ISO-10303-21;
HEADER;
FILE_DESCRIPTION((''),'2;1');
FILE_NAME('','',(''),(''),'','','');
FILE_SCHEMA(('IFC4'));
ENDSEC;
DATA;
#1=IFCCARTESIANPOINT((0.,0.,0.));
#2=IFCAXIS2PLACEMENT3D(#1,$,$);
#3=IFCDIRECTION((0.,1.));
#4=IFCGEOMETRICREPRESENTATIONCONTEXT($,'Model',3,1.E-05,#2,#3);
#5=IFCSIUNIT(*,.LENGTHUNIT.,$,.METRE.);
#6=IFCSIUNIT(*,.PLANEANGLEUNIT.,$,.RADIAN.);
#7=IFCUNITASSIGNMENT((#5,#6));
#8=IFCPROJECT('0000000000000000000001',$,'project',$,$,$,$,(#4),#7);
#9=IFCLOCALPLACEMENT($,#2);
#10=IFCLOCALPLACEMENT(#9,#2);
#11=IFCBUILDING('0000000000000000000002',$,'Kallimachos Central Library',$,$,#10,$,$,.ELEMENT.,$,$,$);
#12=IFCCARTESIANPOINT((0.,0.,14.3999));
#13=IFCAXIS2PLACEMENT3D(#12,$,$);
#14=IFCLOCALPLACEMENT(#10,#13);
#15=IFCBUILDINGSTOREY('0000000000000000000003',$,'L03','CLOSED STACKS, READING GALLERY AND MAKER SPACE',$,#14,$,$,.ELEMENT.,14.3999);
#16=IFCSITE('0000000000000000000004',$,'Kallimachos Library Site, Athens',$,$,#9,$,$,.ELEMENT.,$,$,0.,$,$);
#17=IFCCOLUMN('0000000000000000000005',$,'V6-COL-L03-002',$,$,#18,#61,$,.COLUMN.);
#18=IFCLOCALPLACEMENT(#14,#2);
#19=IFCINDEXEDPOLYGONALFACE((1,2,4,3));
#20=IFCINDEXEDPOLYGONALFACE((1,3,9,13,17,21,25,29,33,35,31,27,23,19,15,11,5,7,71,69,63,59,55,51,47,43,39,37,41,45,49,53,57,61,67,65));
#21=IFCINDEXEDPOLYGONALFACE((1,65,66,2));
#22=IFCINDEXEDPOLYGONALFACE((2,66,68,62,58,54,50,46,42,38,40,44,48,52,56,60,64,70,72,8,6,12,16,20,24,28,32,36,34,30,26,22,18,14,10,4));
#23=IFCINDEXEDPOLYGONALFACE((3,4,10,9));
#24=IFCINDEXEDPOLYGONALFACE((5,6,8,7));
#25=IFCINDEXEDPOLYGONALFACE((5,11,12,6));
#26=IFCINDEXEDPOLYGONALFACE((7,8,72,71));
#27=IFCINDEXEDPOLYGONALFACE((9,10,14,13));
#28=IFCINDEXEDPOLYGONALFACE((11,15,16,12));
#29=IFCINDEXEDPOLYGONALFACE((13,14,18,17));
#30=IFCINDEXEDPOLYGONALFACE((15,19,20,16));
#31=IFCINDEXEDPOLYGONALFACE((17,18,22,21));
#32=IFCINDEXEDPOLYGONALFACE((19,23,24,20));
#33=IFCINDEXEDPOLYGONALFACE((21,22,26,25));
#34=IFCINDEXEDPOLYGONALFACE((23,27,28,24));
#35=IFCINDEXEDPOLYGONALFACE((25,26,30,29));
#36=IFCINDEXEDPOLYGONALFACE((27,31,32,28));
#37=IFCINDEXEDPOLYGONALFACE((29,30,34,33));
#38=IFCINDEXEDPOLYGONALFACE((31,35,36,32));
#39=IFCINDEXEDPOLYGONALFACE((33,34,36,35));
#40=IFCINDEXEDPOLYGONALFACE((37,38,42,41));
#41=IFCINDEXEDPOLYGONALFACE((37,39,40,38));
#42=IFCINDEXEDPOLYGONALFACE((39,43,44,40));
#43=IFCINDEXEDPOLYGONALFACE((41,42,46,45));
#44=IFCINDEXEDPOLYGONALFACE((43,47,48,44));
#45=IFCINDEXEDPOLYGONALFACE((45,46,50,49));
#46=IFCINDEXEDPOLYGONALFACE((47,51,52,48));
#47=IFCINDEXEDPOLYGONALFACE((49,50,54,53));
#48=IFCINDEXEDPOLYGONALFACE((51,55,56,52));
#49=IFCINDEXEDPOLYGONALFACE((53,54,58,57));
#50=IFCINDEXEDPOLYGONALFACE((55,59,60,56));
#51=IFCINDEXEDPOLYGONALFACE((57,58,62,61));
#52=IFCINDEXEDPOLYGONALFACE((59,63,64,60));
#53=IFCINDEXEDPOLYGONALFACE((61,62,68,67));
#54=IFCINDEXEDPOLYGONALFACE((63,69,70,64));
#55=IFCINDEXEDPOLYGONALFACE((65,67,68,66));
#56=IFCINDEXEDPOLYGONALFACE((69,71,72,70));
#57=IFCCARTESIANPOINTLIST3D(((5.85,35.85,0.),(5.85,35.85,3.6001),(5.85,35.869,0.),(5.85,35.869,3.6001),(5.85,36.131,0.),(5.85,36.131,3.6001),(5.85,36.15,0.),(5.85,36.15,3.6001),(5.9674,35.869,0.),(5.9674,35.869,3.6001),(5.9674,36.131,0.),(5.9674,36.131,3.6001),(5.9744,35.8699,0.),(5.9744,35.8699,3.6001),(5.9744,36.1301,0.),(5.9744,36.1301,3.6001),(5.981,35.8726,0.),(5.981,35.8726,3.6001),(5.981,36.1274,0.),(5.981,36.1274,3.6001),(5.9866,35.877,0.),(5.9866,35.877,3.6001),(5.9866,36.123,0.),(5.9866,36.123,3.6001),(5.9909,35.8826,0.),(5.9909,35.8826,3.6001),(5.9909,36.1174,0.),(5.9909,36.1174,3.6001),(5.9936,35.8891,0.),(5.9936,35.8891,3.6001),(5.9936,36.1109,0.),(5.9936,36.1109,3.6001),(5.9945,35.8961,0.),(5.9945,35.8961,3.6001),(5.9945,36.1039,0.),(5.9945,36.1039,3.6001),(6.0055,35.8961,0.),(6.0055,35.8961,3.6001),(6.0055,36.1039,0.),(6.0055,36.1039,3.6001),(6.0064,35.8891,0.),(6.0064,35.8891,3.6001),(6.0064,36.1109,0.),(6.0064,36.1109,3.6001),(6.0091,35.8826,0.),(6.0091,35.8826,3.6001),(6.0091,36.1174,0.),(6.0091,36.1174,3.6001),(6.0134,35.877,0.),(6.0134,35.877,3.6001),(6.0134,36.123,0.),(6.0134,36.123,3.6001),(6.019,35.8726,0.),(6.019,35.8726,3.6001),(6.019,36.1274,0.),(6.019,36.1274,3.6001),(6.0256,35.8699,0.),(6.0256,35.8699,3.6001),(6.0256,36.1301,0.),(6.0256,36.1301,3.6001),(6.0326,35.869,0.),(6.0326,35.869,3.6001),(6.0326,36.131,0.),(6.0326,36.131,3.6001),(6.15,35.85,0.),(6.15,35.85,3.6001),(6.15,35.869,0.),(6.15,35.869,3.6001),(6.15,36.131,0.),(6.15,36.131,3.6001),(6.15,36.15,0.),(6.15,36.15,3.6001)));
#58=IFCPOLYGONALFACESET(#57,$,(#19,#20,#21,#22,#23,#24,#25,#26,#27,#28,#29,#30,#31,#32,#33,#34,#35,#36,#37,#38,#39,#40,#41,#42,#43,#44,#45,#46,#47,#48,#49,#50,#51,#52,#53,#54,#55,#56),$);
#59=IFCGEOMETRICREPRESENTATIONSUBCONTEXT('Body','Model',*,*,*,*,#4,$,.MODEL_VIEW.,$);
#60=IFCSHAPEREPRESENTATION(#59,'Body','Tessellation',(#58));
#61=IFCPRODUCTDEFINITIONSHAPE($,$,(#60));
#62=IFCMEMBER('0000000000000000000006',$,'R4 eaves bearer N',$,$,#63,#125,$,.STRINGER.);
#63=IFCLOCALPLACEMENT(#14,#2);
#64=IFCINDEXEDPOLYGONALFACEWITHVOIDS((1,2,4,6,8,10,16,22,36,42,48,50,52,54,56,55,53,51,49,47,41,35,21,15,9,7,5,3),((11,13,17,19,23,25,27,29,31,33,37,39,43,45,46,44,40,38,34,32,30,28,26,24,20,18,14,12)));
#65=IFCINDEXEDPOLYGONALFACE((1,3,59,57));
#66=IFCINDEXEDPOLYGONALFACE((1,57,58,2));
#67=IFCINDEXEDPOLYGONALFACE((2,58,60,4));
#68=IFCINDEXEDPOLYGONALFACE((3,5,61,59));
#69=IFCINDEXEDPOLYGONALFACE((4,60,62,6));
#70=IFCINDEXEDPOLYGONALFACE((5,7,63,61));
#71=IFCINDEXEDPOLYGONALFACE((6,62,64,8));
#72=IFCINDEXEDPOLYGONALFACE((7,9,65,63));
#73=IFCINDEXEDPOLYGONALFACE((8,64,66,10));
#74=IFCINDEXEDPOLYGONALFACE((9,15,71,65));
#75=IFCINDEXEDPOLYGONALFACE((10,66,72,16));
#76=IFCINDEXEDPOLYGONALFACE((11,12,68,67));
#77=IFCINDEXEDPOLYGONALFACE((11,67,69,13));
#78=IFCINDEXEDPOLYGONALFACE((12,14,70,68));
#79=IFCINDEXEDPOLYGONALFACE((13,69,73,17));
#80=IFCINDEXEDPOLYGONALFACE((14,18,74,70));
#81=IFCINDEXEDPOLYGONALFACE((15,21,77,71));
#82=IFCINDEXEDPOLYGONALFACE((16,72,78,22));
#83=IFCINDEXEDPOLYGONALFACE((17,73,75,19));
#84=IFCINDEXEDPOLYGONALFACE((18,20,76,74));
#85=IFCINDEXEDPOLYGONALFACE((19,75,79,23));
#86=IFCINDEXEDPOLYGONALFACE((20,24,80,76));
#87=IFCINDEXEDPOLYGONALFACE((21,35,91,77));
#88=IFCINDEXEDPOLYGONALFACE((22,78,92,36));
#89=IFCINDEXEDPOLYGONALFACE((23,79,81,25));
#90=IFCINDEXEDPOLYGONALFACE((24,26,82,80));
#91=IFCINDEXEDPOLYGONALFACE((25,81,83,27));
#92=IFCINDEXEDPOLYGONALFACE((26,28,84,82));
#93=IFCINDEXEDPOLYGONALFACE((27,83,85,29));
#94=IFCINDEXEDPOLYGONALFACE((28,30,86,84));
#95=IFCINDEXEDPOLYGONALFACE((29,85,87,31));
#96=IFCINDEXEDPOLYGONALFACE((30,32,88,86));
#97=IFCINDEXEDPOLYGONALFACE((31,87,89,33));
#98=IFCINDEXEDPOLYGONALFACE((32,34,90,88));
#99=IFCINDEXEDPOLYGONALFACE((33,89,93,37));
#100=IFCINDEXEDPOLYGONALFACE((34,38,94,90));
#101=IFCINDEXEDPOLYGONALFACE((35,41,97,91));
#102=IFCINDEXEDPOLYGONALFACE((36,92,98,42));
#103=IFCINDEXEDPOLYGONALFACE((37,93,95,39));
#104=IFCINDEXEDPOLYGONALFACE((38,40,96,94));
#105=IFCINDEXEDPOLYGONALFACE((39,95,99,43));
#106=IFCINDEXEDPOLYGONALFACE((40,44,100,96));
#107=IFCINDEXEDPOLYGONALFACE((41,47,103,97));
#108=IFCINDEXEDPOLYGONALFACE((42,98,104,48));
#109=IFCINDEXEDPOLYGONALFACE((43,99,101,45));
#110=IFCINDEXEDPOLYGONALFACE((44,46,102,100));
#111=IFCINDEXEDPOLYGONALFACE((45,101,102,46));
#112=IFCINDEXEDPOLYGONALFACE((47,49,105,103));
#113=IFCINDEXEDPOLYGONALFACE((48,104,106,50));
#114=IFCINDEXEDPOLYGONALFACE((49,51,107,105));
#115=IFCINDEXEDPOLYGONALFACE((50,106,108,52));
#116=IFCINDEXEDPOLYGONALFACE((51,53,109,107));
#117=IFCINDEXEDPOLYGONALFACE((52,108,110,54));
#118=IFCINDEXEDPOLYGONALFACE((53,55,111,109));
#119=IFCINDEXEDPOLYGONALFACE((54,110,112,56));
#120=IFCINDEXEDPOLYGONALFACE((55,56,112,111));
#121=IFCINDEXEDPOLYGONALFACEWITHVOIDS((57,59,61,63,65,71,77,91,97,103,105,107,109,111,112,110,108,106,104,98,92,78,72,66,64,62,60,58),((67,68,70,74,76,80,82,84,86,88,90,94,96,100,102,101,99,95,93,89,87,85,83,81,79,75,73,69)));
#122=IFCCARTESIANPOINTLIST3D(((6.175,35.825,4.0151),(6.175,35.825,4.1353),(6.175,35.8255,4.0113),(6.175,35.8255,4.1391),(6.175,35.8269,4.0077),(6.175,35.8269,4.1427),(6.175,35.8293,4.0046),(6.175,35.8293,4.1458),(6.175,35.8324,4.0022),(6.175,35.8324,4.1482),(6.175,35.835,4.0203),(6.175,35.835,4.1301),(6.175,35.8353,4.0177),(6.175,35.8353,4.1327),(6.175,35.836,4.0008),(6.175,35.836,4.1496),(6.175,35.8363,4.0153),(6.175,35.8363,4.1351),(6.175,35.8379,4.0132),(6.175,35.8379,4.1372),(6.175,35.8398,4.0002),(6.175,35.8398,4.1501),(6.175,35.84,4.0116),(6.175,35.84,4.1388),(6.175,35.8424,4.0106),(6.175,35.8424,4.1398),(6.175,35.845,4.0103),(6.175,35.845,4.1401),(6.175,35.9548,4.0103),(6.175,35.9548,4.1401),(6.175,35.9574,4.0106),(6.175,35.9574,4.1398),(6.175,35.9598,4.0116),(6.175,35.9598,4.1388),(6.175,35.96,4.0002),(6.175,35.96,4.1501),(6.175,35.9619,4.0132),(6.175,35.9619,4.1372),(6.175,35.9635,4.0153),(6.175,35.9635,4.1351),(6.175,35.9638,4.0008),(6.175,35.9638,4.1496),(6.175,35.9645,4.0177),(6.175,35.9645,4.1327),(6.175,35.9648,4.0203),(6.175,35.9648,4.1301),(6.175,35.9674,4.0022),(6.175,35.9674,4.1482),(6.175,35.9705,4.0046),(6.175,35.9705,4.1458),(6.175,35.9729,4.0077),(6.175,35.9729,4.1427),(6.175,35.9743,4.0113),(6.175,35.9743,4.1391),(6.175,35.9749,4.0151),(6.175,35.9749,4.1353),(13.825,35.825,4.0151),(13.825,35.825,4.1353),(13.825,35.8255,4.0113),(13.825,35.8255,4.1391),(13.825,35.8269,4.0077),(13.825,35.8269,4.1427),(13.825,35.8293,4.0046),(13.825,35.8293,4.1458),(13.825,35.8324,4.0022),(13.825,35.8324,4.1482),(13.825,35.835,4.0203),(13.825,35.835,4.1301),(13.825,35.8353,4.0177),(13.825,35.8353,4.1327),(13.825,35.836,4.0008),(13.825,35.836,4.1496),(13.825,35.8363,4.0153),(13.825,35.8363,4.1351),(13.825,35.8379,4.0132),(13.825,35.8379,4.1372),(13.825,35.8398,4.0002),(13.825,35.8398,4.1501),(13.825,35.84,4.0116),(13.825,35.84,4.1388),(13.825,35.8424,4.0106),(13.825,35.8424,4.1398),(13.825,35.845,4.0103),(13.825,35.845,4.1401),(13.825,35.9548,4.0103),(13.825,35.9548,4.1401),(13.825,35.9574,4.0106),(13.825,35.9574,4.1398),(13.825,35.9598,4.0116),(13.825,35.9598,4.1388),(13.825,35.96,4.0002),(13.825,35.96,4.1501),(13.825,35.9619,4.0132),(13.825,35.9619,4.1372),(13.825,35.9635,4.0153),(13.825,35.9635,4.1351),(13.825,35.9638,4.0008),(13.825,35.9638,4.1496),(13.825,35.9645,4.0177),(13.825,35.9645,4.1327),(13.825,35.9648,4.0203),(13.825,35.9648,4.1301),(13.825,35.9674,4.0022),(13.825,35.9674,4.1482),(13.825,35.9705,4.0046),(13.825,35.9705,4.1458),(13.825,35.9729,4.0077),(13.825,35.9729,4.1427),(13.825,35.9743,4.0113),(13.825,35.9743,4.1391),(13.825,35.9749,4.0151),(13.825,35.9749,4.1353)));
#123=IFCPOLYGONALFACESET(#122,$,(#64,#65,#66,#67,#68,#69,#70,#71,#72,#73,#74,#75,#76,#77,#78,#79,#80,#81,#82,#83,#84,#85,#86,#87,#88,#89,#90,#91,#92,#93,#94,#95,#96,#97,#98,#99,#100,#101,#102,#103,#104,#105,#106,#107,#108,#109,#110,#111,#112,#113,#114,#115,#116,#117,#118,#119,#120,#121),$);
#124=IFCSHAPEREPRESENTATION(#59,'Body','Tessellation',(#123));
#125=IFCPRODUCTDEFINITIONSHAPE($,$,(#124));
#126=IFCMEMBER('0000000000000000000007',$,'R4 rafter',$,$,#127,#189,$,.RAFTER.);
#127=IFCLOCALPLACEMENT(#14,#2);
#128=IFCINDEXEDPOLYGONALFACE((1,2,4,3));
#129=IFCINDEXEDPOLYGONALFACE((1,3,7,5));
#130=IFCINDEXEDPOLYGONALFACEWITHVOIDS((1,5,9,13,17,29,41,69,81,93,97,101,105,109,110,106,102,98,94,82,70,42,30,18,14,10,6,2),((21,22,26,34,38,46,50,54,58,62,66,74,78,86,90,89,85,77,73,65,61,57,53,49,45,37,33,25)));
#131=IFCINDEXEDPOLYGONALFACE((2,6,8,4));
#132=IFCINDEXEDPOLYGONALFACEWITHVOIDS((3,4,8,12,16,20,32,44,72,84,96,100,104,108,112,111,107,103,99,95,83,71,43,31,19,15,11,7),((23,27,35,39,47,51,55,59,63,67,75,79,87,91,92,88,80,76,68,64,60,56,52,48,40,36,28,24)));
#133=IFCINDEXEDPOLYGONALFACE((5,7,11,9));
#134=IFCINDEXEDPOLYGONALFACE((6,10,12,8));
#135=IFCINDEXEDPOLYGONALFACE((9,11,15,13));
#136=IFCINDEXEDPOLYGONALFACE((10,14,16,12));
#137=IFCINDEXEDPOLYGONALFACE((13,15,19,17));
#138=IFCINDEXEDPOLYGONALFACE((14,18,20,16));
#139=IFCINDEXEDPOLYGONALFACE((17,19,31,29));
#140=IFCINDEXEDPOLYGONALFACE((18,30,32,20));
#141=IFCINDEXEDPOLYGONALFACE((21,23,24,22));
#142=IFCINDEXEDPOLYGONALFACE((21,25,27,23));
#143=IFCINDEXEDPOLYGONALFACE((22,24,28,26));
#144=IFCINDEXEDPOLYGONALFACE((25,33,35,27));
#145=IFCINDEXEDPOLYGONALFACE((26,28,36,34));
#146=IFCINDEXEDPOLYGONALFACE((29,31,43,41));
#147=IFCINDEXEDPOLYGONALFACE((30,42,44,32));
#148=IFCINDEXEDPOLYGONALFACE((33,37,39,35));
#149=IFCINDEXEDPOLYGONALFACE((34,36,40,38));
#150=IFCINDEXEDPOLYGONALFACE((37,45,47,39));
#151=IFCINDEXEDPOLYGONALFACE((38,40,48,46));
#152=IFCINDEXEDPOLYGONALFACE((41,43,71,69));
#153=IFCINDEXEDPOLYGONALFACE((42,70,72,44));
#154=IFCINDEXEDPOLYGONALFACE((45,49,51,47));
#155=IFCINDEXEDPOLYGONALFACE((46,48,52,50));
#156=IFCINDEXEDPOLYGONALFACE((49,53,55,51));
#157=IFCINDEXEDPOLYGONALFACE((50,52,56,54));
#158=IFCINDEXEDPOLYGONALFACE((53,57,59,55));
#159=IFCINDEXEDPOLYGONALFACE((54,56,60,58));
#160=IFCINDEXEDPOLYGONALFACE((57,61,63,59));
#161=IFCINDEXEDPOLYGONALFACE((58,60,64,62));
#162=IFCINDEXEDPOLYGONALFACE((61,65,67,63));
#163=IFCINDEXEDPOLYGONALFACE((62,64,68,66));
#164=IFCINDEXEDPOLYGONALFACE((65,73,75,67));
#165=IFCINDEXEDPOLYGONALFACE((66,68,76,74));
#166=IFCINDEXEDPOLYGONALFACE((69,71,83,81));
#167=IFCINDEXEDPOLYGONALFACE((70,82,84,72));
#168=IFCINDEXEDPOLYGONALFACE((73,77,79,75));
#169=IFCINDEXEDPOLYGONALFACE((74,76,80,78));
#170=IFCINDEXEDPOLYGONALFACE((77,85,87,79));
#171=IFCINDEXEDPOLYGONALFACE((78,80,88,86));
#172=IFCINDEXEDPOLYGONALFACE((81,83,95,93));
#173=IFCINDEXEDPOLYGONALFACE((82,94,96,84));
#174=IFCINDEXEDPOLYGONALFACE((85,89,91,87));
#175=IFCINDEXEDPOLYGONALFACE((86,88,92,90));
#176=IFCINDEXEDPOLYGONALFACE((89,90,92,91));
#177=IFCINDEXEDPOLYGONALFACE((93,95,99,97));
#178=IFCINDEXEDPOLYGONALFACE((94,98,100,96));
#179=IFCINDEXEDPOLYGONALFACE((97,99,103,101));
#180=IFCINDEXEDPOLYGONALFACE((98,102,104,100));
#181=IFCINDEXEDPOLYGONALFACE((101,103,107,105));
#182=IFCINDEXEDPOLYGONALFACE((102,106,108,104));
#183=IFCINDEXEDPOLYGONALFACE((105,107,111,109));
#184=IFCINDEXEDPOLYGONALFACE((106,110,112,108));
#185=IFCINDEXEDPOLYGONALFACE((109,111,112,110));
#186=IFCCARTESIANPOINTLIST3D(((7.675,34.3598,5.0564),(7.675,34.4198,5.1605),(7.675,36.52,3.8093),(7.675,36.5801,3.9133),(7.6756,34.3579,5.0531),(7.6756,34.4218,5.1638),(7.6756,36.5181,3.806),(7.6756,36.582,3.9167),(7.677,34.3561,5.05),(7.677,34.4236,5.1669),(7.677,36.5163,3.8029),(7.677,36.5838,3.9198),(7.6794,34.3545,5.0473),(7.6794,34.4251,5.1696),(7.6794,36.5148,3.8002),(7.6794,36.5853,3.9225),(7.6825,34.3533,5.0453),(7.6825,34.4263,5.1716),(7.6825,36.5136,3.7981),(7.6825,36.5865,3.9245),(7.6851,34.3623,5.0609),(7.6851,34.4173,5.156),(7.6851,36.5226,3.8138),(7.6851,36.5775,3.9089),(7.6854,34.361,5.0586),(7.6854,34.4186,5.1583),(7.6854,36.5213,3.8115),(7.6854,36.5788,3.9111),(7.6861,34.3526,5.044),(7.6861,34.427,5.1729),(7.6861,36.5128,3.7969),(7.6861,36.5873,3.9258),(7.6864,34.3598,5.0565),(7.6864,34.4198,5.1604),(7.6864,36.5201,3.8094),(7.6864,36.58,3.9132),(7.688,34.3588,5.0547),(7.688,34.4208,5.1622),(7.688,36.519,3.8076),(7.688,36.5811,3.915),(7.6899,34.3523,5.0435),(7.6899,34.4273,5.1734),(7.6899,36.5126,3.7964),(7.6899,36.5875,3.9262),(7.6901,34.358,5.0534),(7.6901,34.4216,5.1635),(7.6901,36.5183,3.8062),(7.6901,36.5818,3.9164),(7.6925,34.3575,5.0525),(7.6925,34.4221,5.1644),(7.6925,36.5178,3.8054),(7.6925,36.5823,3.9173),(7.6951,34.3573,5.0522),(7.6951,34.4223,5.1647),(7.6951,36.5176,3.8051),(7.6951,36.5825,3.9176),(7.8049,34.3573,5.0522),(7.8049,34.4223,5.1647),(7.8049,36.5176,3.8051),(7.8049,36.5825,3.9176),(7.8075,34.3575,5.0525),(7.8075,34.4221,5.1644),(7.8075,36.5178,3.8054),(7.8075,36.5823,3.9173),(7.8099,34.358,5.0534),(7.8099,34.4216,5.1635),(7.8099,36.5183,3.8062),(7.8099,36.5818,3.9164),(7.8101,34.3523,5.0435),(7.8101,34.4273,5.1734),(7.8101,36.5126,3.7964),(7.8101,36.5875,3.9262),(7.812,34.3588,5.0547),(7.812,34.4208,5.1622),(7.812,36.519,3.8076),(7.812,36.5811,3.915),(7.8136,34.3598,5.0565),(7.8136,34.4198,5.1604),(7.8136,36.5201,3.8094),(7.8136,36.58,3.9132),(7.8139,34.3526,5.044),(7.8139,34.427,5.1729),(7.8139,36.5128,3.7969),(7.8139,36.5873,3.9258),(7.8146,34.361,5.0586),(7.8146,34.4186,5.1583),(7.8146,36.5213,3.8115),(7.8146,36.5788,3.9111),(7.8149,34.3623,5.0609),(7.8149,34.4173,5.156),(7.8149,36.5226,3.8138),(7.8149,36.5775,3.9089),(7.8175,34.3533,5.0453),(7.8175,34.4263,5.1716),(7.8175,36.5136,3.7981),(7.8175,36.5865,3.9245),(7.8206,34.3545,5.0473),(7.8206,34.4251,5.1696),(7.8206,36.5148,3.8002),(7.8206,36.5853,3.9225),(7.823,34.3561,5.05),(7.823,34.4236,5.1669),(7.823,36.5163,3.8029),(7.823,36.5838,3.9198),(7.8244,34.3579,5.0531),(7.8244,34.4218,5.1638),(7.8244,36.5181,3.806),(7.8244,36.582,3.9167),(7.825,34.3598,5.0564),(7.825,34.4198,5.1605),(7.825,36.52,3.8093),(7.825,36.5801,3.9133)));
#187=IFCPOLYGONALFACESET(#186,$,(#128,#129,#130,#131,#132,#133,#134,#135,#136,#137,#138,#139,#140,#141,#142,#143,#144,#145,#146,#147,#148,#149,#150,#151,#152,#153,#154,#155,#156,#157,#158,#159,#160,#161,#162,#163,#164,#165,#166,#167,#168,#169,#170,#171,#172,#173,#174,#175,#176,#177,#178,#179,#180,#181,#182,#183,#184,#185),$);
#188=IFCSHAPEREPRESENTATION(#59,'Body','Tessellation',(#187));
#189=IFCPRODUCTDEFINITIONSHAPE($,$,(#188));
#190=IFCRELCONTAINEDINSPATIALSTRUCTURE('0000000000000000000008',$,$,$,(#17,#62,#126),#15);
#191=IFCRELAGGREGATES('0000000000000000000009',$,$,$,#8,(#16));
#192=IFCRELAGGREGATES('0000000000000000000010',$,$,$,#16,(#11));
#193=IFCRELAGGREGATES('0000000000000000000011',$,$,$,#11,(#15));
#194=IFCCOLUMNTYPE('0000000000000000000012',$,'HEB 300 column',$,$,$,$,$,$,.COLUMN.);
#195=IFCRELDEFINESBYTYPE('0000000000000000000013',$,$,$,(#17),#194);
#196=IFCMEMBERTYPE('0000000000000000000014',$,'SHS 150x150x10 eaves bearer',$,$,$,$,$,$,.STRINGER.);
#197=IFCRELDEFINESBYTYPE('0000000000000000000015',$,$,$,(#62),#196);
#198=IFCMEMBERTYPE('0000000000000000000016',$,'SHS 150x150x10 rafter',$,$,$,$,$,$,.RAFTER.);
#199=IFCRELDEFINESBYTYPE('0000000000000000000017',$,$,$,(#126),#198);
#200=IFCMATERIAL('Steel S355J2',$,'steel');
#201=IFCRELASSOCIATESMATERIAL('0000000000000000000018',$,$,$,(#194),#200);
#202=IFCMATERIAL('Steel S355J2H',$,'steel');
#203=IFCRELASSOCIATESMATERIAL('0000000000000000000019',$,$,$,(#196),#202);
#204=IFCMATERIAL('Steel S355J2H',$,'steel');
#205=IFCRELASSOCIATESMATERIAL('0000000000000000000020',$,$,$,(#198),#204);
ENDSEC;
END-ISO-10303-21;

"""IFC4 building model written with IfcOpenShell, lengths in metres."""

from ifc_helpers import new_model, si_unit, direction, frame, origin, origin_2d, place, context, subcontext, project, spatial, hollow_rectangle, i_section, extrude, material, material_profile, profile_set, type_object, element, save


model = new_model("IFC4")

# Units and contexts
model_context = context("Model", 3, precision=1e-05, world=origin(), true_north=direction((0.0, 1.0)))
body_context = subcontext(model_context, "Body", "Model", "MODEL_VIEW")
ifc_project = project(units=[si_unit("LENGTHUNIT", "METRE"), si_unit("PLANEANGLEUNIT", "RADIAN")], contexts=[model_context])

# Site, building, storey
site_placement = place(None, origin())
site = spatial("IfcSite", under=ifc_project, at=site_placement, Name="Kallimachos Library Site, Athens", CompositionType="ELEMENT", RefElevation=0.0)
building_placement = place(site_placement, origin())
building = spatial("IfcBuilding", under=site, at=building_placement, Name="Kallimachos Central Library", CompositionType="ELEMENT")
storey_placement = place(building_placement, frame((0.0, 0.0, 14.3999)))
storey = spatial("IfcBuildingStorey", under=building, at=storey_placement, Name="L03", Description="CLOSED STACKS, READING GALLERY AND MAKER SPACE", CompositionType="ELEMENT", Elevation=14.3999)

# Column
ifc_material_1 = material(Name="Steel S355J2", Category="steel")
ifc_material_profile_1 = material_profile(ifc_material_1, i_section(OverallWidth=0.3, OverallDepth=0.3, WebThickness=0.011, FlangeThickness=0.019, FilletRadius=0.0271, at=origin_2d()), Name="HEB 300")
ifc_profile_set_1 = profile_set([ifc_material_profile_1], Name="Steel S355J2")
column_type = type_object("IfcColumnType", Name="HEB 300 column", PredefinedType="COLUMN", material=ifc_profile_set_1)
column_placement = place(storey_placement, frame((6.0, 36.0, 0.0), z_axis=(0.0, 0.0, 1.0), x_axis=(1.0, 0.0, 0.0)))
element("IfcColumn", 1, at=column_placement, inside=storey, type_object=column_type, Name="V6-COL-L03-002", PredefinedType="COLUMN", context=body_context, shape_type="SweptSolid", body=[
    extrude(i_section(OverallWidth=0.3, OverallDepth=0.3, WebThickness=0.011, FlangeThickness=0.019, FilletRadius=0.0271, at=origin_2d()), origin(), (0.0, 0.0, 1.0), 3.6001),
])

# Members
ifc_material_2 = material(Name="Steel S355J2H", Category="steel")
ifc_material_profile_2 = material_profile(ifc_material_2, hollow_rectangle(XDim=0.1499, YDim=0.1499, WallThickness=0.01, InnerFilletRadius=0.01, OuterFilletRadius=0.0149, at=origin_2d()), Name="SHS 150x150x10")
ifc_profile_set_2 = profile_set([ifc_material_profile_2], Name="Steel S355J2H")
member_type_1 = type_object("IfcMemberType", Name="SHS 150x150x10 eaves bearer", PredefinedType="STRINGER", material=ifc_profile_set_2)
member_1_placement = place(storey_placement, frame((6.175, 35.8999, 4.0752), z_axis=(1.0, 0.0, 0.0), x_axis=(0.0, 1.0, 0.0)))
element("IfcMember", 2, at=member_1_placement, inside=storey, type_object=member_type_1, Name="R4 eaves bearer N", PredefinedType="STRINGER", context=body_context, shape_type="SweptSolid", body=[
    extrude(hollow_rectangle(XDim=0.1499, YDim=0.1499, WallThickness=0.01, InnerFilletRadius=0.01, OuterFilletRadius=0.0149, at=origin_2d()), origin(), (0.0, 0.0, 1.0), 7.6499),
])
ifc_material_3 = material(Name="Steel S355J2H", Category="steel")
ifc_material_profile_3 = material_profile(ifc_material_3, hollow_rectangle(XDim=0.1499, YDim=0.1499, WallThickness=0.01, InnerFilletRadius=0.01, OuterFilletRadius=0.0149, at=origin_2d()), Name="SHS 150x150x10")
ifc_profile_set_3 = profile_set([ifc_material_profile_3], Name="Steel S355J2H")
member_type_2 = type_object("IfcMemberType", Name="SHS 150x150x10 rafter", PredefinedType="RAFTER", material=ifc_profile_set_3)
member_2_placement = place(storey_placement, frame((7.75, 36.55, 3.8613), z_axis=(0.0, -0.866042, 0.499971), x_axis=(1.0, 0.0, 0.0)))
element("IfcMember", 3, at=member_2_placement, inside=storey, type_object=member_type_2, Name="R4 rafter", PredefinedType="RAFTER", context=body_context, shape_type="SweptSolid", body=[
    extrude(hollow_rectangle(XDim=0.1499, YDim=0.1499, WallThickness=0.01, InnerFilletRadius=0.01, OuterFilletRadius=0.0149, at=origin_2d()), origin(), (0.0, 0.0, 1.0), 2.4944),
])

save(model, "model.ifc")
